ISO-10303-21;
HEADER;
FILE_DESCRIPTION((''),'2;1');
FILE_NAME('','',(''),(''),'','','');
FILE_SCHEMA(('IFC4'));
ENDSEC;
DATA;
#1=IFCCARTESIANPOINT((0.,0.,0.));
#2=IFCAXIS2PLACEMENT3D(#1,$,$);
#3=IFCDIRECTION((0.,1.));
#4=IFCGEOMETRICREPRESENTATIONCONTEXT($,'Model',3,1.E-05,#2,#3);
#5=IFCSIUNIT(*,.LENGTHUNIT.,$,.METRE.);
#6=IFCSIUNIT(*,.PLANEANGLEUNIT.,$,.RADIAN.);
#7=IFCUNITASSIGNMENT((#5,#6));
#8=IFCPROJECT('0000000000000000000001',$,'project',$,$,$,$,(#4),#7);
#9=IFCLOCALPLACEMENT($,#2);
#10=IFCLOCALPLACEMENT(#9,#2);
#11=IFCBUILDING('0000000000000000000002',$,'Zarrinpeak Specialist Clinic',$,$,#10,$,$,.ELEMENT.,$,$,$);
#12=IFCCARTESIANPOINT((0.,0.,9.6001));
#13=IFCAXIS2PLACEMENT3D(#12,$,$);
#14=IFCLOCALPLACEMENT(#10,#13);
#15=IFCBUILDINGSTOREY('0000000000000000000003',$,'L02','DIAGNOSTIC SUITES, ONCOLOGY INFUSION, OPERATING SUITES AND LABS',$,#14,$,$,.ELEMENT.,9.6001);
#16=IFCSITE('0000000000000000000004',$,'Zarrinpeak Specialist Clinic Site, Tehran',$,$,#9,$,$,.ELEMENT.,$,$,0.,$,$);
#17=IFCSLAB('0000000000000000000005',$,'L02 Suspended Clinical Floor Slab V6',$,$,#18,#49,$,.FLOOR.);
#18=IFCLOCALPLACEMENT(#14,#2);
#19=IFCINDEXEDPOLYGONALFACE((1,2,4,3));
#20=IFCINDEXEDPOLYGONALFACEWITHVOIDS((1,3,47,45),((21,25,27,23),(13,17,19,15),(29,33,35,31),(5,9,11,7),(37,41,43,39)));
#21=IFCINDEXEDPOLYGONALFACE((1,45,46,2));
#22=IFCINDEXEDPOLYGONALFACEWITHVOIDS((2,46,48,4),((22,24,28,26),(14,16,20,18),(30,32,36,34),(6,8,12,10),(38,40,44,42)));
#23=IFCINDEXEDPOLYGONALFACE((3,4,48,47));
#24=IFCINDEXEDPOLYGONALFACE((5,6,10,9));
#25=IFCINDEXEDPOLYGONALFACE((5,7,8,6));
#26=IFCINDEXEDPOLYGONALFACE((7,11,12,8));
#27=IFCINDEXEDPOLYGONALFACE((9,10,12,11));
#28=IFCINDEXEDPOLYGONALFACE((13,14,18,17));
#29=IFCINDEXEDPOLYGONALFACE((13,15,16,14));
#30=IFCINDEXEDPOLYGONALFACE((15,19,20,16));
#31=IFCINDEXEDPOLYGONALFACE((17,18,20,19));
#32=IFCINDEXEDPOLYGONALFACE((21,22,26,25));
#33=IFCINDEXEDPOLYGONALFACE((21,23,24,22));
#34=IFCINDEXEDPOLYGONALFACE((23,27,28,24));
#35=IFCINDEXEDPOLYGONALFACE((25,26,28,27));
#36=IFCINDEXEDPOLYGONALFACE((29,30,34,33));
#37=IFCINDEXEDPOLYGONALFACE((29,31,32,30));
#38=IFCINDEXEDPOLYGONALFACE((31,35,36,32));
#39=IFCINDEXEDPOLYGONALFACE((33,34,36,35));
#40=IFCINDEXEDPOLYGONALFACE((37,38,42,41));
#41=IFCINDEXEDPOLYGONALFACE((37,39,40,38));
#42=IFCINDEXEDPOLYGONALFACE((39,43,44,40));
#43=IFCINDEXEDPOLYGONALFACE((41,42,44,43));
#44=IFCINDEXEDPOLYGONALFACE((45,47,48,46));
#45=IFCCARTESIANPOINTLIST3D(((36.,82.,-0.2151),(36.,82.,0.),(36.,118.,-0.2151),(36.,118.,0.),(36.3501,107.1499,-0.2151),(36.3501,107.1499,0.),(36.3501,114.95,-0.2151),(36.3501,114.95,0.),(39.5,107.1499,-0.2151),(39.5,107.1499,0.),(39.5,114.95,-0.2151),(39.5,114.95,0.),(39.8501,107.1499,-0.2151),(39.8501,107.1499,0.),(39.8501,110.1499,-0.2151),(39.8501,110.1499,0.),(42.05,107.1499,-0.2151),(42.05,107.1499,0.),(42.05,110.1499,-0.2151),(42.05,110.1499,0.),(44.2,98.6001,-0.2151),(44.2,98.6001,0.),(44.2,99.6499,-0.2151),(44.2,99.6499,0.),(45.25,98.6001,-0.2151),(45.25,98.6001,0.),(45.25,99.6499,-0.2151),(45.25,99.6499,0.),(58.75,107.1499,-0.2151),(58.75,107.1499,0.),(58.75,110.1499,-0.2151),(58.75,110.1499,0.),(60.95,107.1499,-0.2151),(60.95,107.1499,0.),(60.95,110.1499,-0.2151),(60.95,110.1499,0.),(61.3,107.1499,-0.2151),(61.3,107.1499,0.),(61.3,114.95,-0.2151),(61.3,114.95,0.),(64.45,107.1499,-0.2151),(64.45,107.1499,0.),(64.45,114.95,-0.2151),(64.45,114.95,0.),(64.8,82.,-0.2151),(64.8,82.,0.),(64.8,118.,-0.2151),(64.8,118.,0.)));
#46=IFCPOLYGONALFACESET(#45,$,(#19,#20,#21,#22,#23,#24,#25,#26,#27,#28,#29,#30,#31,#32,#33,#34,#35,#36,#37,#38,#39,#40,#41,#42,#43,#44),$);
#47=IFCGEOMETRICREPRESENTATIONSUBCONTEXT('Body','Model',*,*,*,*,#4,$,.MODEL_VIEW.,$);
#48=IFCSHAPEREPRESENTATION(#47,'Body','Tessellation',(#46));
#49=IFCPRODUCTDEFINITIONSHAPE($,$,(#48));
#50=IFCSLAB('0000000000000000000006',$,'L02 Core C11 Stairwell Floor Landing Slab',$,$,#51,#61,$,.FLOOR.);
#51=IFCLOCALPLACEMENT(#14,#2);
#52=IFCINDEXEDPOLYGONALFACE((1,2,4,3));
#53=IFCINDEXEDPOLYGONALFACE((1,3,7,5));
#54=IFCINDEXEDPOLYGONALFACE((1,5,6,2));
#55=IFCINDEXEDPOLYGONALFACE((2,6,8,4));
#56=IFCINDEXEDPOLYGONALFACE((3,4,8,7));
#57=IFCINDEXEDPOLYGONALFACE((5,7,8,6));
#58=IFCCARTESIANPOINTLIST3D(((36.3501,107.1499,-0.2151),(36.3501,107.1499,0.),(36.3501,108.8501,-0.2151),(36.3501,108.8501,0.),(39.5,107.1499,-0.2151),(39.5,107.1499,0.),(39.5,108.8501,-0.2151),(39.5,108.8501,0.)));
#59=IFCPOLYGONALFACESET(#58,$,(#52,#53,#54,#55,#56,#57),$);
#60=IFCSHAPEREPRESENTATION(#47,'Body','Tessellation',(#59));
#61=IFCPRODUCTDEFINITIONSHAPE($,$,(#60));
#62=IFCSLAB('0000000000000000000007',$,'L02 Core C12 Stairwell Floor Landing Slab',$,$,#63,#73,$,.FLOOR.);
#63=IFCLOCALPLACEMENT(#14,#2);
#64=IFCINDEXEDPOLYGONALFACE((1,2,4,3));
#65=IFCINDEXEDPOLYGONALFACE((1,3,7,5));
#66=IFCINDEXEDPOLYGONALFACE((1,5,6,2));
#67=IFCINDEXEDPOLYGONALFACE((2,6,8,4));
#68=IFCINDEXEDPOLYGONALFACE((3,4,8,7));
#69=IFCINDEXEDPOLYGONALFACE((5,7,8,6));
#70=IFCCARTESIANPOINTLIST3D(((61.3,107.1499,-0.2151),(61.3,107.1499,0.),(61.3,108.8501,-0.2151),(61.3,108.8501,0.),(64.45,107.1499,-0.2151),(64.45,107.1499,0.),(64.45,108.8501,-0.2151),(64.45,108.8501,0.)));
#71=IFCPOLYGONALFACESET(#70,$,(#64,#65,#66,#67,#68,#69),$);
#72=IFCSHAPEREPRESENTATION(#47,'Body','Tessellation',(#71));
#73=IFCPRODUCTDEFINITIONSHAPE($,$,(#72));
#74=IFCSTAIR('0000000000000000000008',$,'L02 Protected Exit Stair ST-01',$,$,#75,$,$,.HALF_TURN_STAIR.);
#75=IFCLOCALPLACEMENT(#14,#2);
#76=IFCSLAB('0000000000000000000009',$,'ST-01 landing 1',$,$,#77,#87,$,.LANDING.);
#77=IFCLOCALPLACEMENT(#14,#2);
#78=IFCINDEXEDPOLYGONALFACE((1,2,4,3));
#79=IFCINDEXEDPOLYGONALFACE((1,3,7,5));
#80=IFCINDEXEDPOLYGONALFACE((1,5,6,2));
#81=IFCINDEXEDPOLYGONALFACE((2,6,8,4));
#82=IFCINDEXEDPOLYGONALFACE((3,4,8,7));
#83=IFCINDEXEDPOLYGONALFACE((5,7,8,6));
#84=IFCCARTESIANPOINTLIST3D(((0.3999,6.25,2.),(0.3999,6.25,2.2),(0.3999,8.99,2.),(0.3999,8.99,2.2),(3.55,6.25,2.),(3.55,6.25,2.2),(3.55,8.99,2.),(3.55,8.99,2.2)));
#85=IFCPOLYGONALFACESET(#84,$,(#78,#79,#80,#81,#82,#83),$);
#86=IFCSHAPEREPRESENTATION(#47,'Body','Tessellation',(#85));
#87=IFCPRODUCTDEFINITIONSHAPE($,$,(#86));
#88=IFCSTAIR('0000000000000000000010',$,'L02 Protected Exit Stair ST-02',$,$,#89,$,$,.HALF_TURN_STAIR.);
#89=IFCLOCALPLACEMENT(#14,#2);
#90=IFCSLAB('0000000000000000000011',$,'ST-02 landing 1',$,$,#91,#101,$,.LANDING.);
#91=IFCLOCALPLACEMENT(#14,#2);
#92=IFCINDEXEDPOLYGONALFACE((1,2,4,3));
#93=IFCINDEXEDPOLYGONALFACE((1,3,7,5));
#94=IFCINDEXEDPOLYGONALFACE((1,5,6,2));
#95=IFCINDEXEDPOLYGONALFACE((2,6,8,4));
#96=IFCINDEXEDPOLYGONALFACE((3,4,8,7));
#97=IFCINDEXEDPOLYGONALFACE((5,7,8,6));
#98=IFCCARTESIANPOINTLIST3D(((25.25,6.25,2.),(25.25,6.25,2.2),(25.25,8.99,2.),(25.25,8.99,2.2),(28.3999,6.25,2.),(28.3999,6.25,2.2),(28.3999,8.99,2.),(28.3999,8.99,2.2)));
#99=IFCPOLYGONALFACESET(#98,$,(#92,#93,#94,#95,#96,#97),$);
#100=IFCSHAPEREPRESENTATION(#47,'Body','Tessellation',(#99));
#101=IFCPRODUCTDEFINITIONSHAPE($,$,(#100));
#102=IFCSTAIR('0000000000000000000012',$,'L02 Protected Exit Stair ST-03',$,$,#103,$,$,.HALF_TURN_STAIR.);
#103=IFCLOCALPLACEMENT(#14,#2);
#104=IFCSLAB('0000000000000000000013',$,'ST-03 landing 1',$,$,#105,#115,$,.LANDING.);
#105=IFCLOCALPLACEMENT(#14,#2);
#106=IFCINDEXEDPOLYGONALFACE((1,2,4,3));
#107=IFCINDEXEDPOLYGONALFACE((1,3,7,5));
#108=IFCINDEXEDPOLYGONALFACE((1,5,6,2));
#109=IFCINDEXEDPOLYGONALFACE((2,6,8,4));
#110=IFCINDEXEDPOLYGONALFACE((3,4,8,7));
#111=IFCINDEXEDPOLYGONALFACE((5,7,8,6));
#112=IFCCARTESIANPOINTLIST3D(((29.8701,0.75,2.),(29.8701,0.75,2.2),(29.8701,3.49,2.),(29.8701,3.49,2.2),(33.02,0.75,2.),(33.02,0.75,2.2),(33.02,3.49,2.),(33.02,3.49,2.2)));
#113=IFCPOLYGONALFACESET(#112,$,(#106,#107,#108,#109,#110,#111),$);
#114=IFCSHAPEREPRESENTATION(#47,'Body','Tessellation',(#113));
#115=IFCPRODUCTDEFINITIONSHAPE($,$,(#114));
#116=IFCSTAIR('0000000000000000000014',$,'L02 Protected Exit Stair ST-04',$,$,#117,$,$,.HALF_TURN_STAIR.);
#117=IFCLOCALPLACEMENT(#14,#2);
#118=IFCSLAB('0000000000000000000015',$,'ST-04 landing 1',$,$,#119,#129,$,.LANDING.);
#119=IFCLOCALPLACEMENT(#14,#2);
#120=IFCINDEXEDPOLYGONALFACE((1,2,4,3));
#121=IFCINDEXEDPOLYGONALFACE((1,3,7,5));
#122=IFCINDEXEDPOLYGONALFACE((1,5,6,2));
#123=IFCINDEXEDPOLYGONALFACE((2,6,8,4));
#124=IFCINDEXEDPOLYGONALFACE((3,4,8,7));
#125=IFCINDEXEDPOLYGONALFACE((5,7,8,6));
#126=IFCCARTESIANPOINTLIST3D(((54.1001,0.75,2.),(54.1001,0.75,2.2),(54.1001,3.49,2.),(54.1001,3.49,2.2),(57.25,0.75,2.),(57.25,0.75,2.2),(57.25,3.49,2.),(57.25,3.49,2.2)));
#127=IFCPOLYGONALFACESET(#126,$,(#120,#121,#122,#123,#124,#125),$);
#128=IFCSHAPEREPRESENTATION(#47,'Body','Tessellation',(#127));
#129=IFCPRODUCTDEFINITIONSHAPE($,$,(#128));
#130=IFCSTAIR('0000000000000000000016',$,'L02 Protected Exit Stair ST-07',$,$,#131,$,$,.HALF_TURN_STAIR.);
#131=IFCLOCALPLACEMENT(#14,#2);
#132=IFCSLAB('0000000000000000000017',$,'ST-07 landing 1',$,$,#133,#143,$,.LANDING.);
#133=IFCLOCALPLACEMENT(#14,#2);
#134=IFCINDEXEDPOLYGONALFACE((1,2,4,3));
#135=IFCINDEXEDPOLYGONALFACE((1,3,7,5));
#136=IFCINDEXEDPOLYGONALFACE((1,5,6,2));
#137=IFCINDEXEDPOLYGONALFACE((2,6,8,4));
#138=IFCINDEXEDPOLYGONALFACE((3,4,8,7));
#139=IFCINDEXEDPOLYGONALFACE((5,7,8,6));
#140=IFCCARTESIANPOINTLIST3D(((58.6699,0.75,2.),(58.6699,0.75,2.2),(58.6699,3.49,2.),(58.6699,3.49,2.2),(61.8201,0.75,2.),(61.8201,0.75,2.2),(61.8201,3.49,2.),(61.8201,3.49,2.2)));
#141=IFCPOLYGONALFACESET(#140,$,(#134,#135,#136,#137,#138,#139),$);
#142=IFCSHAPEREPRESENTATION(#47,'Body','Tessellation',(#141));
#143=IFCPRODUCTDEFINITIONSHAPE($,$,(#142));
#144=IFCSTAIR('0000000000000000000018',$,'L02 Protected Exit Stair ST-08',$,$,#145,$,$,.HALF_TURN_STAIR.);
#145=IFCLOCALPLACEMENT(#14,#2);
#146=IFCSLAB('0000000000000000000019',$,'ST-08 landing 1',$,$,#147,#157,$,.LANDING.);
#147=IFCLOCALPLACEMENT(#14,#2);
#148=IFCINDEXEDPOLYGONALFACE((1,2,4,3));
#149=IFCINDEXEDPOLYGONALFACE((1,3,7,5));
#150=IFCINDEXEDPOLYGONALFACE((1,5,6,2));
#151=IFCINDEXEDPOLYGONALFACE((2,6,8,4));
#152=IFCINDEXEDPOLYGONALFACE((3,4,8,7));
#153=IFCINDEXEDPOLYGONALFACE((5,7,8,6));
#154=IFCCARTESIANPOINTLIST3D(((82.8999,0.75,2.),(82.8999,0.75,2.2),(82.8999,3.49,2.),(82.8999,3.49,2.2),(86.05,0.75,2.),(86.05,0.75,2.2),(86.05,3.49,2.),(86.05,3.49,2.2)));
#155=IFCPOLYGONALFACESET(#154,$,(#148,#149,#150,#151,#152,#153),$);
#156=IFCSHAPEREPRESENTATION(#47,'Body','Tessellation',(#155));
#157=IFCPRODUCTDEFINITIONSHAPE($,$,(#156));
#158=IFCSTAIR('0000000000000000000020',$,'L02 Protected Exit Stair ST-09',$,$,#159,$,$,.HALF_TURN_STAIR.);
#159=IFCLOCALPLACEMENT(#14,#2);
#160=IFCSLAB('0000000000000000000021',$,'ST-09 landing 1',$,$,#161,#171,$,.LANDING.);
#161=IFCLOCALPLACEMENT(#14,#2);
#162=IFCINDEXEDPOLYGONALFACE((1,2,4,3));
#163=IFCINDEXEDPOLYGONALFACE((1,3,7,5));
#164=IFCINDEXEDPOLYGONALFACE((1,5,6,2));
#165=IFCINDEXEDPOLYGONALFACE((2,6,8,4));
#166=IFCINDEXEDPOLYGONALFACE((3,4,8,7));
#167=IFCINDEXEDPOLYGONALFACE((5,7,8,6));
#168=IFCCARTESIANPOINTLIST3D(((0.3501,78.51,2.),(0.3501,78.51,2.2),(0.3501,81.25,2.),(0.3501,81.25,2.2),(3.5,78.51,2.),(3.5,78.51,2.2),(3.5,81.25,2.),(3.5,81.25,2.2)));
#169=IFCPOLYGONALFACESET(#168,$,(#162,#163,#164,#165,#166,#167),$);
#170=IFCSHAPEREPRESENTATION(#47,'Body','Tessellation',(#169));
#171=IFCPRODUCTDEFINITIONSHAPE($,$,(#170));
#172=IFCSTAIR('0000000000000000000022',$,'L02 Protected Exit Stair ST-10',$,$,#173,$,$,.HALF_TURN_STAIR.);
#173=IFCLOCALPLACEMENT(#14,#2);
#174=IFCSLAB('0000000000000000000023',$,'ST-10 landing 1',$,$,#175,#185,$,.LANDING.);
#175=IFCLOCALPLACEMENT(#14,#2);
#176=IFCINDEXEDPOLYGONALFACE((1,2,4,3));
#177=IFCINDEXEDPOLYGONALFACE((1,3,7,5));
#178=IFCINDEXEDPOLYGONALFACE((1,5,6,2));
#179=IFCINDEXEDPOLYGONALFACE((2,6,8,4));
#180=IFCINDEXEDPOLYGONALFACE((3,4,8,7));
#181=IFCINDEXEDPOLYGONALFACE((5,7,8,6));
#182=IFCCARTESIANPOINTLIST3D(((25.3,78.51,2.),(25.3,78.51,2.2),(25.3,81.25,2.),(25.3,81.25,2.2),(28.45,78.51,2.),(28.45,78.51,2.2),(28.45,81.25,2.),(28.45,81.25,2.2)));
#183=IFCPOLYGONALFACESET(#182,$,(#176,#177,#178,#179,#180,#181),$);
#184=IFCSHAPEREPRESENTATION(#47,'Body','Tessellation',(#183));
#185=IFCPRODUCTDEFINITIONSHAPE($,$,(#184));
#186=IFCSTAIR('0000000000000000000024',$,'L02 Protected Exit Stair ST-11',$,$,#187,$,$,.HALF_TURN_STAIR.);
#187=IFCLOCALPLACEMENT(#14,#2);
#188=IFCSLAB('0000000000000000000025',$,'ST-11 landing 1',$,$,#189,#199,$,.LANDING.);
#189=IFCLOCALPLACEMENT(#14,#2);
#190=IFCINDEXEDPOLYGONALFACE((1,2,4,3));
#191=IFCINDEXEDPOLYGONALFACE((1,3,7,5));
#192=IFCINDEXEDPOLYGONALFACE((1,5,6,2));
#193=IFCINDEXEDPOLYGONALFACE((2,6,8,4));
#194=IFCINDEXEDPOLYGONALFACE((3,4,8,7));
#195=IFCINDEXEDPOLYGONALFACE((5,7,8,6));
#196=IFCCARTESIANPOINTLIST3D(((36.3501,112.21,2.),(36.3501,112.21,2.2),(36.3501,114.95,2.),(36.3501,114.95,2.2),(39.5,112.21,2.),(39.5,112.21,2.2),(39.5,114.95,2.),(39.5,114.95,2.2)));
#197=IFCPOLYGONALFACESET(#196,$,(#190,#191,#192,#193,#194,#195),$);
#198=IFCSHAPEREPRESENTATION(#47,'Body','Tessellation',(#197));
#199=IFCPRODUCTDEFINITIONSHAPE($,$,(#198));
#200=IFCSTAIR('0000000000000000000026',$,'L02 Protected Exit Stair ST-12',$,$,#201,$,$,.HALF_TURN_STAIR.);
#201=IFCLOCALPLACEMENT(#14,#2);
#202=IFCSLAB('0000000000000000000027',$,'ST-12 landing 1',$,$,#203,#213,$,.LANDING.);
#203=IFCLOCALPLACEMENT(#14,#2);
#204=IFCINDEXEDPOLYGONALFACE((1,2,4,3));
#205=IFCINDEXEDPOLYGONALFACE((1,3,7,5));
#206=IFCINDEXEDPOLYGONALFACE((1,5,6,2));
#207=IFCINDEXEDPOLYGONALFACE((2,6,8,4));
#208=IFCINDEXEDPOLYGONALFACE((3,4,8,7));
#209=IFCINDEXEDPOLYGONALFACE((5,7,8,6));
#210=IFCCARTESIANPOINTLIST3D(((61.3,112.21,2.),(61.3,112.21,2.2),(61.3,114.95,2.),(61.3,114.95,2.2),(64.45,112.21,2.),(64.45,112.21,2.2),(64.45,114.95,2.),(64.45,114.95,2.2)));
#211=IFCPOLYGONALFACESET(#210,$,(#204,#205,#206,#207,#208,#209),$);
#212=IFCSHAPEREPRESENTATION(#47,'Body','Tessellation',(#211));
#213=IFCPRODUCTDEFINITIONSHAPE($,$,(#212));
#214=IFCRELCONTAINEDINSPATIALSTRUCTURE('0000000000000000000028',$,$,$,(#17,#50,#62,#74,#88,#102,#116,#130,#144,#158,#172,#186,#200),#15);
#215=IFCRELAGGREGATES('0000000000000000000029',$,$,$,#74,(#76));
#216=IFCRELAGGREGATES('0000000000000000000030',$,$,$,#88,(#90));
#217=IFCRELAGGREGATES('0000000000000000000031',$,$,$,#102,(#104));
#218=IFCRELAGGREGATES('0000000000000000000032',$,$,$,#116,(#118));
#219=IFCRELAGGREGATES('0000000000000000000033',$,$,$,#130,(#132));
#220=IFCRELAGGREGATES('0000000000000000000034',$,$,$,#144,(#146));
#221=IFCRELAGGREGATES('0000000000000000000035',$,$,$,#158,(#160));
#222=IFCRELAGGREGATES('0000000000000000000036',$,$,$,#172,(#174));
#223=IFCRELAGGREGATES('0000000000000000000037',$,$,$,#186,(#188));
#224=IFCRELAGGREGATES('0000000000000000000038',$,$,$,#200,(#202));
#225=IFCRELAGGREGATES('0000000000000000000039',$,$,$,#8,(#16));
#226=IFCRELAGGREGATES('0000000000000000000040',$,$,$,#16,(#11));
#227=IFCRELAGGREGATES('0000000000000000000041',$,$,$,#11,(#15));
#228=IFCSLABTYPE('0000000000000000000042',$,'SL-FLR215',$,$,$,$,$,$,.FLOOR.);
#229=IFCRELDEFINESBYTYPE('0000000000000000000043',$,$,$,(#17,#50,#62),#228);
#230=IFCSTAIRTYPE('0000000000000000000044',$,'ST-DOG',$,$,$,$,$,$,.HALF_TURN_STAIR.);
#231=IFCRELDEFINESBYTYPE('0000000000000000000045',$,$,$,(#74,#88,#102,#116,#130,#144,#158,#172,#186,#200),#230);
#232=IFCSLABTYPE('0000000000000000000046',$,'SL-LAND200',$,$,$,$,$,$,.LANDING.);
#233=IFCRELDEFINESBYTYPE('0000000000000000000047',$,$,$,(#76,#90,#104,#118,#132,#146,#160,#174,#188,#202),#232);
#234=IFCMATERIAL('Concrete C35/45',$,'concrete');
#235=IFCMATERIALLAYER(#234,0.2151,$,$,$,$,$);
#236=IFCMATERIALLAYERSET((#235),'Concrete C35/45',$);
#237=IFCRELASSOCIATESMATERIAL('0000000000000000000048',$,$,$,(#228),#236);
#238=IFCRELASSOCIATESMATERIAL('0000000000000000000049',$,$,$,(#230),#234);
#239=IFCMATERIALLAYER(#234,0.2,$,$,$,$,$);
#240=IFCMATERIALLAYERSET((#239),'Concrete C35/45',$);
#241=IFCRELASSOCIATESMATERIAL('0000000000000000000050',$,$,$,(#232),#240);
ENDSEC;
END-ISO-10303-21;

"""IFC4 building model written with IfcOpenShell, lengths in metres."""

from ifc_helpers import new_model, si_unit, direction, frame, origin, place, context, subcontext, project, spatial, polyline, outline, extrude, material, layer, layer_set, type_object, element, aggregate, save


model = new_model("IFC4")

# Units and contexts
model_context = context("Model", 3, precision=1e-05, world=origin(), true_north=direction((0.0, 1.0)))
body_context = subcontext(model_context, "Body", "Model", "MODEL_VIEW")
ifc_project = project(units=[si_unit("LENGTHUNIT", "METRE"), si_unit("PLANEANGLEUNIT", "RADIAN")], contexts=[model_context])

# Site, building, storey
site_placement = place(None, origin())
site = spatial("IfcSite", under=ifc_project, at=site_placement, Name="Zarrinpeak Specialist Clinic Site, Tehran", CompositionType="ELEMENT", RefElevation=0.0)
building_placement = place(site_placement, origin())
building = spatial("IfcBuilding", under=site, at=building_placement, Name="Zarrinpeak Specialist Clinic", CompositionType="ELEMENT")
storey_placement = place(building_placement, frame((0.0, 0.0, 9.6001)))
storey = spatial("IfcBuildingStorey", under=building, at=storey_placement, Name="L02", Description="DIAGNOSTIC SUITES, ONCOLOGY INFUSION, OPERATING SUITES AND LABS", CompositionType="ELEMENT", Elevation=9.6001)

# Slabs
ifc_material_1 = material(Name="Concrete C35/45", Category="concrete")
ifc_layer_1 = layer(ifc_material_1, 0.2151)
ifc_layer_set_1 = layer_set([ifc_layer_1], Name="Concrete C35/45")
slab_type_1 = type_object("IfcSlabType", Name="SL-FLR215", PredefinedType="FLOOR", material=ifc_layer_set_1)
slab_1_placement = place(storey_placement, frame((0.0, 0.0, -0.2151)))
element("IfcSlab", 1, at=slab_1_placement, inside=storey, type_object=slab_type_1, Name="L02 Suspended Clinical Floor Slab V6", PredefinedType="FLOOR", context=body_context, shape_type="SweptSolid", body=[
    extrude(outline(polyline([(36.0, 82.0), (64.8, 82.0), (64.8, 118.0), (36.0, 118.0), (36.0, 82.0)]), holes=[polyline([(36.3501, 107.1499), (39.5, 107.1499), (39.5, 114.95), (36.3501, 114.95), (36.3501, 107.1499)]), polyline([(39.8501, 107.1499), (42.05, 107.1499), (42.05, 110.1499), (39.8501, 110.1499), (39.8501, 107.1499)]), polyline([(61.3, 107.1499), (64.45, 107.1499), (64.45, 114.95), (61.3, 114.95), (61.3, 107.1499)]), polyline([(58.75, 107.1499), (60.95, 107.1499), (60.95, 110.1499), (58.75, 110.1499), (58.75, 107.1499)]), polyline([(44.2, 98.6001), (45.25, 98.6001), (45.25, 99.6499), (44.2, 99.6499), (44.2, 98.6001)])]), origin(), (0.0, 0.0, 1.0), 0.2151),
])
slab_2_placement = place(storey_placement, frame((0.0, 0.0, -0.2151)))
element("IfcSlab", 2, at=slab_2_placement, inside=storey, type_object=slab_type_1, Name="L02 Core C11 Stairwell Floor Landing Slab", PredefinedType="FLOOR", context=body_context, shape_type="SweptSolid", body=[
    extrude(outline(polyline([(36.3501, 107.1499), (39.5, 107.1499), (39.5, 108.8501), (36.3501, 108.8501), (36.3501, 107.1499)])), origin(), (0.0, 0.0, 1.0), 0.2151),
])
slab_3_placement = place(storey_placement, frame((0.0, 0.0, -0.2151)))
element("IfcSlab", 3, at=slab_3_placement, inside=storey, type_object=slab_type_1, Name="L02 Core C12 Stairwell Floor Landing Slab", PredefinedType="FLOOR", context=body_context, shape_type="SweptSolid", body=[
    extrude(outline(polyline([(61.3, 107.1499), (64.45, 107.1499), (64.45, 108.8501), (61.3, 108.8501), (61.3, 107.1499)])), origin(), (0.0, 0.0, 1.0), 0.2151),
])

# Stairs, slabs
stair_type = type_object("IfcStairType", Name="ST-DOG", PredefinedType="HALF_TURN_STAIR", material=ifc_material_1)
stair_1_placement = place(storey_placement, origin())
stair_1 = element("IfcStair", 4, at=stair_1_placement, inside=storey, type_object=stair_type, Name="L02 Protected Exit Stair ST-01", PredefinedType="HALF_TURN_STAIR")
ifc_layer_2 = layer(ifc_material_1, 0.2)
ifc_layer_set_2 = layer_set([ifc_layer_2], Name="Concrete C35/45")
slab_type_2 = type_object("IfcSlabType", Name="SL-LAND200", PredefinedType="LANDING", material=ifc_layer_set_2)
slab_4_placement = place(storey_placement, frame((0.0, 0.0, 2.0)))
slab_4 = element("IfcSlab", 5, at=slab_4_placement, type_object=slab_type_2, Name="ST-01 landing 1", PredefinedType="LANDING", context=body_context, shape_type="SweptSolid", body=[
    extrude(outline(polyline([(0.3999, 8.99), (0.3999, 6.25), (3.55, 6.25), (3.55, 8.99), (0.3999, 8.99)])), origin(), (0.0, 0.0, 1.0), 0.2),
])
aggregate(stair_1, [slab_4])
stair_2_placement = place(storey_placement, origin())
stair_2 = element("IfcStair", 6, at=stair_2_placement, inside=storey, type_object=stair_type, Name="L02 Protected Exit Stair ST-02", PredefinedType="HALF_TURN_STAIR")
slab_5_placement = place(storey_placement, frame((0.0, 0.0, 2.0)))
slab_5 = element("IfcSlab", 7, at=slab_5_placement, type_object=slab_type_2, Name="ST-02 landing 1", PredefinedType="LANDING", context=body_context, shape_type="SweptSolid", body=[
    extrude(outline(polyline([(25.25, 8.99), (25.25, 6.25), (28.3999, 6.25), (28.3999, 8.99), (25.25, 8.99)])), origin(), (0.0, 0.0, 1.0), 0.2),
])
aggregate(stair_2, [slab_5])
stair_3_placement = place(storey_placement, origin())
stair_3 = element("IfcStair", 8, at=stair_3_placement, inside=storey, type_object=stair_type, Name="L02 Protected Exit Stair ST-03", PredefinedType="HALF_TURN_STAIR")
slab_6_placement = place(storey_placement, frame((0.0, 0.0, 2.0)))
slab_6 = element("IfcSlab", 9, at=slab_6_placement, type_object=slab_type_2, Name="ST-03 landing 1", PredefinedType="LANDING", context=body_context, shape_type="SweptSolid", body=[
    extrude(outline(polyline([(29.8701, 3.49), (29.8701, 0.75), (33.02, 0.75), (33.02, 3.49), (29.8701, 3.49)])), origin(), (0.0, 0.0, 1.0), 0.2),
])
aggregate(stair_3, [slab_6])
stair_4_placement = place(storey_placement, origin())
stair_4 = element("IfcStair", 10, at=stair_4_placement, inside=storey, type_object=stair_type, Name="L02 Protected Exit Stair ST-04", PredefinedType="HALF_TURN_STAIR")
slab_7_placement = place(storey_placement, frame((0.0, 0.0, 2.0)))
slab_7 = element("IfcSlab", 11, at=slab_7_placement, type_object=slab_type_2, Name="ST-04 landing 1", PredefinedType="LANDING", context=body_context, shape_type="SweptSolid", body=[
    extrude(outline(polyline([(54.1001, 3.49), (54.1001, 0.75), (57.25, 0.75), (57.25, 3.49), (54.1001, 3.49)])), origin(), (0.0, 0.0, 1.0), 0.2),
])
aggregate(stair_4, [slab_7])
stair_5_placement = place(storey_placement, origin())
stair_5 = element("IfcStair", 12, at=stair_5_placement, inside=storey, type_object=stair_type, Name="L02 Protected Exit Stair ST-07", PredefinedType="HALF_TURN_STAIR")
slab_8_placement = place(storey_placement, frame((0.0, 0.0, 2.0)))
slab_8 = element("IfcSlab", 13, at=slab_8_placement, type_object=slab_type_2, Name="ST-07 landing 1", PredefinedType="LANDING", context=body_context, shape_type="SweptSolid", body=[
    extrude(outline(polyline([(58.6699, 3.49), (58.6699, 0.75), (61.8201, 0.75), (61.8201, 3.49), (58.6699, 3.49)])), origin(), (0.0, 0.0, 1.0), 0.2),
])
aggregate(stair_5, [slab_8])
stair_6_placement = place(storey_placement, origin())
stair_6 = element("IfcStair", 14, at=stair_6_placement, inside=storey, type_object=stair_type, Name="L02 Protected Exit Stair ST-08", PredefinedType="HALF_TURN_STAIR")
slab_9_placement = place(storey_placement, frame((0.0, 0.0, 2.0)))
slab_9 = element("IfcSlab", 15, at=slab_9_placement, type_object=slab_type_2, Name="ST-08 landing 1", PredefinedType="LANDING", context=body_context, shape_type="SweptSolid", body=[
    extrude(outline(polyline([(82.8999, 3.49), (82.8999, 0.75), (86.05, 0.75), (86.05, 3.49), (82.8999, 3.49)])), origin(), (0.0, 0.0, 1.0), 0.2),
])
aggregate(stair_6, [slab_9])
stair_7_placement = place(storey_placement, origin())
stair_7 = element("IfcStair", 16, at=stair_7_placement, inside=storey, type_object=stair_type, Name="L02 Protected Exit Stair ST-09", PredefinedType="HALF_TURN_STAIR")
slab_10_placement = place(storey_placement, frame((0.0, 0.0, 2.0)))
slab_10 = element("IfcSlab", 17, at=slab_10_placement, type_object=slab_type_2, Name="ST-09 landing 1", PredefinedType="LANDING", context=body_context, shape_type="SweptSolid", body=[
    extrude(outline(polyline([(3.5, 78.51), (3.5, 81.25), (0.3501, 81.25), (0.3501, 78.51), (3.5, 78.51)])), origin(), (0.0, 0.0, 1.0), 0.2),
])
aggregate(stair_7, [slab_10])
stair_8_placement = place(storey_placement, origin())
stair_8 = element("IfcStair", 18, at=stair_8_placement, inside=storey, type_object=stair_type, Name="L02 Protected Exit Stair ST-10", PredefinedType="HALF_TURN_STAIR")
slab_11_placement = place(storey_placement, frame((0.0, 0.0, 2.0)))
slab_11 = element("IfcSlab", 19, at=slab_11_placement, type_object=slab_type_2, Name="ST-10 landing 1", PredefinedType="LANDING", context=body_context, shape_type="SweptSolid", body=[
    extrude(outline(polyline([(28.45, 78.51), (28.45, 81.25), (25.3, 81.25), (25.3, 78.51), (28.45, 78.51)])), origin(), (0.0, 0.0, 1.0), 0.2),
])
aggregate(stair_8, [slab_11])
stair_9_placement = place(storey_placement, origin())
stair_9 = element("IfcStair", 20, at=stair_9_placement, inside=storey, type_object=stair_type, Name="L02 Protected Exit Stair ST-11", PredefinedType="HALF_TURN_STAIR")
slab_12_placement = place(storey_placement, frame((0.0, 0.0, 2.0)))
slab_12 = element("IfcSlab", 21, at=slab_12_placement, type_object=slab_type_2, Name="ST-11 landing 1", PredefinedType="LANDING", context=body_context, shape_type="SweptSolid", body=[
    extrude(outline(polyline([(39.5, 112.21), (39.5, 114.95), (36.3501, 114.95), (36.3501, 112.21), (39.5, 112.21)])), origin(), (0.0, 0.0, 1.0), 0.2),
])
aggregate(stair_9, [slab_12])
stair_10_placement = place(storey_placement, origin())
stair_10 = element("IfcStair", 22, at=stair_10_placement, inside=storey, type_object=stair_type, Name="L02 Protected Exit Stair ST-12", PredefinedType="HALF_TURN_STAIR")
slab_13_placement = place(storey_placement, frame((0.0, 0.0, 2.0)))
slab_13 = element("IfcSlab", 23, at=slab_13_placement, type_object=slab_type_2, Name="ST-12 landing 1", PredefinedType="LANDING", context=body_context, shape_type="SweptSolid", body=[
    extrude(outline(polyline([(64.45, 112.21), (64.45, 114.95), (61.3, 114.95), (61.3, 112.21), (64.45, 112.21)])), origin(), (0.0, 0.0, 1.0), 0.2),
])
aggregate(stair_10, [slab_13])

save(model, "model.ifc")
